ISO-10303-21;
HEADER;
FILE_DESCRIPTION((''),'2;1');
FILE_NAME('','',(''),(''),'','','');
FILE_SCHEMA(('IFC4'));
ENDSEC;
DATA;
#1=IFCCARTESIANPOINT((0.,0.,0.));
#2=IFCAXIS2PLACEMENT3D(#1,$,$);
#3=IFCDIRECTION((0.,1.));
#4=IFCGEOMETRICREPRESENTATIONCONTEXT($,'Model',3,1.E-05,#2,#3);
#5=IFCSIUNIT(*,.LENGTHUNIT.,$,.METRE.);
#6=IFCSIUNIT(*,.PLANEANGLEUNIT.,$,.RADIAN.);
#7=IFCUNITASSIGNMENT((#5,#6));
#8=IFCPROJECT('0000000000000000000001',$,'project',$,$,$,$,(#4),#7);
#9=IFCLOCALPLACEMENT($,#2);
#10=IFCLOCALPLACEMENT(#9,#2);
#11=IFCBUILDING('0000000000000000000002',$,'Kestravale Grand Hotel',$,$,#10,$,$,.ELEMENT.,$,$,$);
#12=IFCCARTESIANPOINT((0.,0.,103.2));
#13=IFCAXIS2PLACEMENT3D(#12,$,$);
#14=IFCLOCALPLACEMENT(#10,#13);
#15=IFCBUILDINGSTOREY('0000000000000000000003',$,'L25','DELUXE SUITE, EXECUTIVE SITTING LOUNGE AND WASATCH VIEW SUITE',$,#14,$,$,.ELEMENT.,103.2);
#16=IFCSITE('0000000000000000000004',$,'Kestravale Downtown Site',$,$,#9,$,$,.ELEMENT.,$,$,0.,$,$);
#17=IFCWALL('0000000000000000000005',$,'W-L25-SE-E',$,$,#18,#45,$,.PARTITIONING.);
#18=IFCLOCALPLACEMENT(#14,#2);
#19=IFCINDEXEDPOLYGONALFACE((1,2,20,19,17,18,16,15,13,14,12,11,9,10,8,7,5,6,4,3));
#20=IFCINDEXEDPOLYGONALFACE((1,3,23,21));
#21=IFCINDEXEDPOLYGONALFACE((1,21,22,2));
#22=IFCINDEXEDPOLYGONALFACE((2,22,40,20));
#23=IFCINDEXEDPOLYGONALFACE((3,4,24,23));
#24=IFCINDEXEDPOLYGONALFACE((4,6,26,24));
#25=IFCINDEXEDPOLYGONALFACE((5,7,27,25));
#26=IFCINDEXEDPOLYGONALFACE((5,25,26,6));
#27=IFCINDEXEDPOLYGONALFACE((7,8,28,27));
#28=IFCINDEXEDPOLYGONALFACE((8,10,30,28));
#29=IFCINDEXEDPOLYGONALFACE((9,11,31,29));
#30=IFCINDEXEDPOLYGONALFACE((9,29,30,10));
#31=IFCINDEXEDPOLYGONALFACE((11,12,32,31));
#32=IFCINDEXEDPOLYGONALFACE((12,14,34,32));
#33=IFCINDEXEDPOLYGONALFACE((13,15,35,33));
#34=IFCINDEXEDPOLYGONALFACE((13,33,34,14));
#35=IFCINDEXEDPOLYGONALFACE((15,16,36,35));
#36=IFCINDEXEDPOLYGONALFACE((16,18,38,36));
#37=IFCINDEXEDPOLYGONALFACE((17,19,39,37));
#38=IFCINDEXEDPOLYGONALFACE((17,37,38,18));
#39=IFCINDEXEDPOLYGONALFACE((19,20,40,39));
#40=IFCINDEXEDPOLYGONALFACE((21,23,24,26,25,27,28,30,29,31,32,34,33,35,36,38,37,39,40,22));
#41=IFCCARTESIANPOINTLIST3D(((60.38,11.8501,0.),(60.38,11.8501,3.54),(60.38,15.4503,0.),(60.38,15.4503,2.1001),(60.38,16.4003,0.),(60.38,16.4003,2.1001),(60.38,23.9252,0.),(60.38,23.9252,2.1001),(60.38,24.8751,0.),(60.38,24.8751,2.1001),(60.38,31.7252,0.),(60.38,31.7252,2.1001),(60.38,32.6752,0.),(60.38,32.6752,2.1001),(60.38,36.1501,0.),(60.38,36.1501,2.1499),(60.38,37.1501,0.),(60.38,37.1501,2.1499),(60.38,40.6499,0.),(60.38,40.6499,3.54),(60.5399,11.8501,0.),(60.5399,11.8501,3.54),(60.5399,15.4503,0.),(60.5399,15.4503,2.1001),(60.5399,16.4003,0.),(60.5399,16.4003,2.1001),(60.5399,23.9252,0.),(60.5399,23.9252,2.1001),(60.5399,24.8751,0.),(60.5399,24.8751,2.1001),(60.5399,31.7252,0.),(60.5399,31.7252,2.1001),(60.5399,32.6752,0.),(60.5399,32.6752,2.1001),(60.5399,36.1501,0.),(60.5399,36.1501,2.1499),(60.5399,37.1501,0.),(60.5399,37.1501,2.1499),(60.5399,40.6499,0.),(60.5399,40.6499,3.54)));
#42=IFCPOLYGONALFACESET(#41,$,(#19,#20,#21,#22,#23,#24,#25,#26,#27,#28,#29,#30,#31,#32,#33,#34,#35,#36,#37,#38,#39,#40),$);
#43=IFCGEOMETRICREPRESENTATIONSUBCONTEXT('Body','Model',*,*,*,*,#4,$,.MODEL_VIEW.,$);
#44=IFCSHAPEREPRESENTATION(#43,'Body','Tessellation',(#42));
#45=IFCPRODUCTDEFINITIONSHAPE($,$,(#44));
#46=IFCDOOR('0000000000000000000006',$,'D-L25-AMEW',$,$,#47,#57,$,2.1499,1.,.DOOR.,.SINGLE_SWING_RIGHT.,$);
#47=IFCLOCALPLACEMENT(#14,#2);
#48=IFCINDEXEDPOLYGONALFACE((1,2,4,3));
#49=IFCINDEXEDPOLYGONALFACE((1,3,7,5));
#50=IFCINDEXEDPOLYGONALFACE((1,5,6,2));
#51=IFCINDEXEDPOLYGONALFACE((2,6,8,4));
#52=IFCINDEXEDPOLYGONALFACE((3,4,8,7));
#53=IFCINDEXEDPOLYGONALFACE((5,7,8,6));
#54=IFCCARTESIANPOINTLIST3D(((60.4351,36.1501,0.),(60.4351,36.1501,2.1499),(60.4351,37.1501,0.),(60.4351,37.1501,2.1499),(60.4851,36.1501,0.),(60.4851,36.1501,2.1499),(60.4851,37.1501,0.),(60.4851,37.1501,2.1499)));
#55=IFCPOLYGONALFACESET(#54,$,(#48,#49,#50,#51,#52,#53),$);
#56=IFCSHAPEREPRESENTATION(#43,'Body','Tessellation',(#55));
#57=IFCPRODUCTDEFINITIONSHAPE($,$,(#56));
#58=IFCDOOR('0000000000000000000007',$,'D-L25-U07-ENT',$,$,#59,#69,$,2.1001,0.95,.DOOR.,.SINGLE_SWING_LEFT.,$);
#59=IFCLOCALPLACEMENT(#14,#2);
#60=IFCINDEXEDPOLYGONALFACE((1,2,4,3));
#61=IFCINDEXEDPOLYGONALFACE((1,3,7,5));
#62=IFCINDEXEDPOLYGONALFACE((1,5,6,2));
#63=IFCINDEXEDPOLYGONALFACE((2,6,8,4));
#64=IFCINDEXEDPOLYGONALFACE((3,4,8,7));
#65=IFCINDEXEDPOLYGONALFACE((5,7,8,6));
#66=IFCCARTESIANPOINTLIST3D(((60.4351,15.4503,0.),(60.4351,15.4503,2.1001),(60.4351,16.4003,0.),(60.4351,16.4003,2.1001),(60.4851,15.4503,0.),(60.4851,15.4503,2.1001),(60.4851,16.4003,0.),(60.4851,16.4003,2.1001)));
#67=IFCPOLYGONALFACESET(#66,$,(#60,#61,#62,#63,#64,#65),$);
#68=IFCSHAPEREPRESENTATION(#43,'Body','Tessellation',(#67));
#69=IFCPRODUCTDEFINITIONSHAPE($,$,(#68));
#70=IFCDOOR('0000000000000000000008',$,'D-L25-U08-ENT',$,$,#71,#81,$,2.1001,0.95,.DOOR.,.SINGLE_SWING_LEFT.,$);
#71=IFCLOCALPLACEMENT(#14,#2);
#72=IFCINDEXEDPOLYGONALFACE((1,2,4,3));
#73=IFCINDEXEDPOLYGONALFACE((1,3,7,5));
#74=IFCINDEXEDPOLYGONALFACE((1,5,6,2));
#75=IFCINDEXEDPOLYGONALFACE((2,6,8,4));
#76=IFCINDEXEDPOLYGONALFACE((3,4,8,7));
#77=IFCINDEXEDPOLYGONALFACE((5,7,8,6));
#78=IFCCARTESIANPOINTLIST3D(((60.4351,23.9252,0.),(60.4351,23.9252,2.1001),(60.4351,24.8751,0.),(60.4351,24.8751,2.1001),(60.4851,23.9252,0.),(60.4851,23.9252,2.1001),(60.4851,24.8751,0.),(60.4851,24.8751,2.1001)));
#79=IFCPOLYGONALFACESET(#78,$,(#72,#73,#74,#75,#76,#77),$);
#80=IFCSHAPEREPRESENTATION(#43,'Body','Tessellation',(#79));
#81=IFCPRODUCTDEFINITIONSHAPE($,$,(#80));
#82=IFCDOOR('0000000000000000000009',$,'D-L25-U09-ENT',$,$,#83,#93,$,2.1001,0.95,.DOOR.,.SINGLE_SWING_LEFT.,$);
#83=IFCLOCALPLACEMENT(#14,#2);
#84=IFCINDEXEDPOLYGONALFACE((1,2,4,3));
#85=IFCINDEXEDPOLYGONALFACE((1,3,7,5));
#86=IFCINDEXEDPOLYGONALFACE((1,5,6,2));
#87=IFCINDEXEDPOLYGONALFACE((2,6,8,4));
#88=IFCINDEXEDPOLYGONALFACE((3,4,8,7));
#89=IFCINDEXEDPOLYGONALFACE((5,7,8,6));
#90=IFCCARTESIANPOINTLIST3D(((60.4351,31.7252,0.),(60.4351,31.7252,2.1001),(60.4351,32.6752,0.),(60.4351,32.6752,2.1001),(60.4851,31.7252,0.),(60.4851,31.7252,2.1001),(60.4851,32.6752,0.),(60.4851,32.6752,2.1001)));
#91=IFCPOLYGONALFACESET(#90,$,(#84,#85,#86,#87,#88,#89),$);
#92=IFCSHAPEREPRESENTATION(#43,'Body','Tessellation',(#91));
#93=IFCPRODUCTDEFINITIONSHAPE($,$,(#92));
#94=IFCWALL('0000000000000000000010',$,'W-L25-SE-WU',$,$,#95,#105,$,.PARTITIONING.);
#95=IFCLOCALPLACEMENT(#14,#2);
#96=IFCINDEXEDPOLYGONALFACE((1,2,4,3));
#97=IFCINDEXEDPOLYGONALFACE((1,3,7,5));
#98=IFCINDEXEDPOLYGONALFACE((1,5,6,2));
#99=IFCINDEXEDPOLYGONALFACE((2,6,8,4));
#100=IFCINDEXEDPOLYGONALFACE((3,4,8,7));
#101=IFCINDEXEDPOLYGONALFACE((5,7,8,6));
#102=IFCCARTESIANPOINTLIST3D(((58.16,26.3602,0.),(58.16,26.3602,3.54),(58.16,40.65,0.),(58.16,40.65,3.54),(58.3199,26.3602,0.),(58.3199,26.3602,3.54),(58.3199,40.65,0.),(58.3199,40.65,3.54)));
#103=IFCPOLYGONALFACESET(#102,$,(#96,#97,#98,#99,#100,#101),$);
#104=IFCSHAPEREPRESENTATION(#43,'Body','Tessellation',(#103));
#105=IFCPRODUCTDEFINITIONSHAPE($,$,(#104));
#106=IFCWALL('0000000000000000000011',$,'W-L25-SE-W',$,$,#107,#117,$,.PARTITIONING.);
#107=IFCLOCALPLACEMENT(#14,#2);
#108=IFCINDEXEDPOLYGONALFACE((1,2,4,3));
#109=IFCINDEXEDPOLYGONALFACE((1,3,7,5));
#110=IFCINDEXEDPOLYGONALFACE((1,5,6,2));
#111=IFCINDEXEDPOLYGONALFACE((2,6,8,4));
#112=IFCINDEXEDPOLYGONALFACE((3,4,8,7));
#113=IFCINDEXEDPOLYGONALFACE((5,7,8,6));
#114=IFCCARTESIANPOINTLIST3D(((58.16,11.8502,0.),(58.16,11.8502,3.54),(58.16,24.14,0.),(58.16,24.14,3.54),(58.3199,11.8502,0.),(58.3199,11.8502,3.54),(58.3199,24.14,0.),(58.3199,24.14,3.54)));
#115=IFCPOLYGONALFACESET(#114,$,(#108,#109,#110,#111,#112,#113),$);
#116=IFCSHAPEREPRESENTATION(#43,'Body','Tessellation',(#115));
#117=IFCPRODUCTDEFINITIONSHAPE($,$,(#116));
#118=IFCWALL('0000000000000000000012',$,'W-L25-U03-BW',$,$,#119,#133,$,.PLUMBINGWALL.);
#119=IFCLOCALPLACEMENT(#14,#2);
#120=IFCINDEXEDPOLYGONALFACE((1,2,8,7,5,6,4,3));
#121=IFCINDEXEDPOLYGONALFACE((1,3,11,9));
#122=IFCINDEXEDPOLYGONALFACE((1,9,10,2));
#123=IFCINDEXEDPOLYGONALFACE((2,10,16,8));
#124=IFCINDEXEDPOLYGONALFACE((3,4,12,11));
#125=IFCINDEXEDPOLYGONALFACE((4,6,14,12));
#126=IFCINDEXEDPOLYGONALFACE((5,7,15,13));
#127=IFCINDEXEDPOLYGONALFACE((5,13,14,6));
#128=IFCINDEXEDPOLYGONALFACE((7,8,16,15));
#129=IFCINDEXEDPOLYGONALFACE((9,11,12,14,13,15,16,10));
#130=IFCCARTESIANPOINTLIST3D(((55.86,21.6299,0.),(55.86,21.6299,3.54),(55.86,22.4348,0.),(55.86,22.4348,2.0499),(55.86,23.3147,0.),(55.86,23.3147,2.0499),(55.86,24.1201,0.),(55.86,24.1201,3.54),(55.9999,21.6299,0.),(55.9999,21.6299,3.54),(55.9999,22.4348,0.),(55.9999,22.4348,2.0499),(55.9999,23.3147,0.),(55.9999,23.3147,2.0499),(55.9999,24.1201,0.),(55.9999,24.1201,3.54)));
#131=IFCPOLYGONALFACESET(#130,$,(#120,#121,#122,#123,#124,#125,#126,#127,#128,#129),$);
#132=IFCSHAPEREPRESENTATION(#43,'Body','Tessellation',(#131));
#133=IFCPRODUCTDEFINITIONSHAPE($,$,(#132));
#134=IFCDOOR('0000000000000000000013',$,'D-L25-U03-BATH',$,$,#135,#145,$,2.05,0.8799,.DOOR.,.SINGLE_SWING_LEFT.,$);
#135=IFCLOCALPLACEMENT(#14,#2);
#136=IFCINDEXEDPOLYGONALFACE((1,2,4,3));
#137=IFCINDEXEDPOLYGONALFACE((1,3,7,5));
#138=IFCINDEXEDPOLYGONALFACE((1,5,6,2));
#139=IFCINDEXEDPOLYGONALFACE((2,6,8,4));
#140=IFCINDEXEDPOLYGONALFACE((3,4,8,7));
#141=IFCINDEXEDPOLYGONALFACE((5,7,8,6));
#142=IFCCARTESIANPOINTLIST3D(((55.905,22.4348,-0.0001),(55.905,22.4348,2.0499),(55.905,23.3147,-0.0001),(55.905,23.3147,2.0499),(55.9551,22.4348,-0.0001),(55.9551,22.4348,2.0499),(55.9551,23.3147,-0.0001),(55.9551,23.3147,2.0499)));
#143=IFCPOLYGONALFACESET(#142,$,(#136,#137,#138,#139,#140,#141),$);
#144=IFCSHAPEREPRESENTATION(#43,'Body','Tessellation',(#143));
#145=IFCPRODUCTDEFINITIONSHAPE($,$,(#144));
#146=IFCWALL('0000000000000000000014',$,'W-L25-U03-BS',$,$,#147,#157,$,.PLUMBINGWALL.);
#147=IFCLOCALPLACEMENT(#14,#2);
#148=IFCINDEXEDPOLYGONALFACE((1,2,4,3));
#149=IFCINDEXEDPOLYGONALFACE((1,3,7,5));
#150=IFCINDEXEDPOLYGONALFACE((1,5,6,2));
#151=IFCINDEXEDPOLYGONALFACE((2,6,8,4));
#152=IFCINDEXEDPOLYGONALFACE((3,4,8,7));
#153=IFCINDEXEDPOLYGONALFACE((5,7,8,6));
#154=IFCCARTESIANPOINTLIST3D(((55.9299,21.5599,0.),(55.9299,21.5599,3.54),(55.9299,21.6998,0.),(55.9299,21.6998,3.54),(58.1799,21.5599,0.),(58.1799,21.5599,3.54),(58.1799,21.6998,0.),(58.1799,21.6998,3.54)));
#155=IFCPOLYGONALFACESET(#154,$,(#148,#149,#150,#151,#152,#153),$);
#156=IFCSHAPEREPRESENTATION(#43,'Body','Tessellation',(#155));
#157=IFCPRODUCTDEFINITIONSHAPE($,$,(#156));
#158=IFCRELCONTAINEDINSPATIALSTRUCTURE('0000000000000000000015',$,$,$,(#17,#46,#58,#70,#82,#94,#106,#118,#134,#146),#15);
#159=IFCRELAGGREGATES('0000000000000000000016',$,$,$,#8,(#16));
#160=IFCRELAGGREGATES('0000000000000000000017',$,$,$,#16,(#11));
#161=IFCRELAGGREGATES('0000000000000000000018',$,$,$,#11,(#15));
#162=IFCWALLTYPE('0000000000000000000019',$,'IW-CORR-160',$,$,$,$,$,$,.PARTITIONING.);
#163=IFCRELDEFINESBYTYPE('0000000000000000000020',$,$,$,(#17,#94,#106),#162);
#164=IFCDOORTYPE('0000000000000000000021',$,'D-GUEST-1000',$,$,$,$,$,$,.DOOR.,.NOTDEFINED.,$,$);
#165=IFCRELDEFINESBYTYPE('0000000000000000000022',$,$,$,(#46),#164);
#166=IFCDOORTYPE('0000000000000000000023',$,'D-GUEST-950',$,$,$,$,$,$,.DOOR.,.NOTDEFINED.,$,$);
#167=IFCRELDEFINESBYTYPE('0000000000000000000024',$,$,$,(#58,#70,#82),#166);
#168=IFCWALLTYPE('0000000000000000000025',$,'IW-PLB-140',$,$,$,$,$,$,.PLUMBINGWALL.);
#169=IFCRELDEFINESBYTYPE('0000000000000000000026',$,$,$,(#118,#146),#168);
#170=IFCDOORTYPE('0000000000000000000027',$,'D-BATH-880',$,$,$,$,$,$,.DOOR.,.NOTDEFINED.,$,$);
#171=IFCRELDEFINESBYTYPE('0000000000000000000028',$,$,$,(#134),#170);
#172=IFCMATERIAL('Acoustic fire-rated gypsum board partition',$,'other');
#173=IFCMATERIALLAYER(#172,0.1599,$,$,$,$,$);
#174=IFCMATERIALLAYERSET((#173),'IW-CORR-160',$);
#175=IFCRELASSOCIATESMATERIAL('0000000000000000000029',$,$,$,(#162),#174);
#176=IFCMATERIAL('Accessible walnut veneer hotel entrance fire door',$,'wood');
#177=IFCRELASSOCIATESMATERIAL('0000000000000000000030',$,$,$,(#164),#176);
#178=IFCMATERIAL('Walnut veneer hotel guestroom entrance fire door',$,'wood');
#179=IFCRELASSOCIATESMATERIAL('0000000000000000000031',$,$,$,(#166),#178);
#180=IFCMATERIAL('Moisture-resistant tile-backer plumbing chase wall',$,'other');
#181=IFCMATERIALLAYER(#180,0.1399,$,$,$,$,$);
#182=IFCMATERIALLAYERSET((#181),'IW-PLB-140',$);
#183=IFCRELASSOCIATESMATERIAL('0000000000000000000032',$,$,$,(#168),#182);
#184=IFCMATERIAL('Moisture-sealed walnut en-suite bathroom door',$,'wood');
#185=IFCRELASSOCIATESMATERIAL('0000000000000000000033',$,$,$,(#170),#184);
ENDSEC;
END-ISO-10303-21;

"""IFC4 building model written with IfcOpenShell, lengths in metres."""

from ifc_helpers import new_model, si_unit, direction, frame, frame_2d, origin, place, context, subcontext, project, spatial, rectangle, extrude, material, layer, layer_set, type_object, element, fill, save


model = new_model("IFC4")

# Units and contexts
model_context = context("Model", 3, precision=1e-05, world=origin(), true_north=direction((0.0, 1.0)))
body_context = subcontext(model_context, "Body", "Model", "MODEL_VIEW")
ifc_project = project(units=[si_unit("LENGTHUNIT", "METRE"), si_unit("PLANEANGLEUNIT", "RADIAN")], contexts=[model_context])

# Site, building, storey
site_placement = place(None, origin())
site = spatial("IfcSite", under=ifc_project, at=site_placement, Name="Kestravale Downtown Site", CompositionType="ELEMENT", RefElevation=0.0)
building_placement = place(site_placement, origin())
building = spatial("IfcBuilding", under=site, at=building_placement, Name="Kestravale Grand Hotel", CompositionType="ELEMENT")
storey_placement = place(building_placement, frame((0.0, 0.0, 103.2)))
storey = spatial("IfcBuildingStorey", under=building, at=storey_placement, Name="L25", Description="DELUXE SUITE, EXECUTIVE SITTING LOUNGE AND WASATCH VIEW SUITE", CompositionType="ELEMENT", Elevation=103.2)

# Wall, openings, doors
ifc_material_1 = material(Name="Acoustic fire-rated gypsum board partition", Category="other")
ifc_layer_1 = layer(ifc_material_1, 0.1599)
ifc_layer_set_1 = layer_set([ifc_layer_1], Name="IW-CORR-160")
wall_type_1 = type_object("IfcWallType", Name="IW-CORR-160", PredefinedType="PARTITIONING", material=ifc_layer_set_1)
wall_1_placement = place(storey_placement, frame((60.46, 11.8501, 0.0), z_axis=(0.0, 0.0, 1.0), x_axis=(0.0, 1.0, 0.0)))
wall_1 = element("IfcWall", 1, at=wall_1_placement, inside=storey, type_object=wall_type_1, Name="W-L25-SE-E", PredefinedType="PARTITIONING", context=body_context, shape_type="SweptSolid", body=[
    extrude(rectangle(XDim=28.7998, YDim=0.1599, at=frame_2d((14.3999, 0.0))), origin(), (0.0, 0.0, 1.0), 3.54),
])
opening_1_placement = place(wall_1_placement, frame((3.6001, 0.0, 0.0)))
opening_1 = element("IfcOpeningElement", 2, at=opening_1_placement, cuts=wall_1, PredefinedType="OPENING", context=body_context, shape_type="SweptSolid", body=[
    extrude(rectangle(XDim=0.95, YDim=2.1001, at=frame_2d((0.4751, 1.05))), frame((0.0, 0.0898, 0.0), z_axis=(0.0, -1.0, 0.0), x_axis=(1.0, 0.0, 0.0)), (0.0, 0.0, 1.0), 0.1799),
])
opening_2_placement = place(wall_1_placement, frame((12.075, 0.0, 0.0)))
opening_2 = element("IfcOpeningElement", 3, at=opening_2_placement, cuts=wall_1, PredefinedType="OPENING", context=body_context, shape_type="SweptSolid", body=[
    extrude(rectangle(XDim=0.95, YDim=2.1001, at=frame_2d((0.4751, 1.05))), frame((0.0, 0.0898, 0.0), z_axis=(0.0, -1.0, 0.0), x_axis=(1.0, 0.0, 0.0)), (0.0, 0.0, 1.0), 0.1799),
])
opening_3_placement = place(wall_1_placement, frame((19.875, 0.0, 0.0)))
opening_3 = element("IfcOpeningElement", 4, at=opening_3_placement, cuts=wall_1, PredefinedType="OPENING", context=body_context, shape_type="SweptSolid", body=[
    extrude(rectangle(XDim=0.95, YDim=2.1001, at=frame_2d((0.4751, 1.05))), frame((0.0, 0.0898, 0.0), z_axis=(0.0, -1.0, 0.0), x_axis=(1.0, 0.0, 0.0)), (0.0, 0.0, 1.0), 0.1799),
])
opening_4_placement = place(wall_1_placement, frame((24.3, 0.0, 0.0)))
opening_4 = element("IfcOpeningElement", 5, at=opening_4_placement, cuts=wall_1, PredefinedType="OPENING", context=body_context, shape_type="SweptSolid", body=[
    extrude(rectangle(XDim=1.0, YDim=2.1499, at=frame_2d((0.5, 1.075))), frame((0.0, 0.0898, 0.0), z_axis=(0.0, -1.0, 0.0), x_axis=(1.0, 0.0, 0.0)), (0.0, 0.0, 1.0), 0.1799),
])
ifc_material_2 = material(Name="Accessible walnut veneer hotel entrance fire door", Category="wood")
door_type_1 = type_object("IfcDoorType", Name="D-GUEST-1000", OperationType="NOTDEFINED", PredefinedType="DOOR", material=ifc_material_2)
door_1_placement = place(opening_4_placement, origin())
door_1 = element("IfcDoor", 6, at=door_1_placement, inside=storey, type_object=door_type_1, Name="D-L25-AMEW", OperationType="SINGLE_SWING_RIGHT", OverallHeight=2.1499, OverallWidth=1.0, PredefinedType="DOOR", context=body_context, shape_type="SweptSolid", body=[
    extrude(rectangle(XDim=1.0, YDim=2.1499, at=frame_2d((0.5, 1.075))), frame((0.0, 0.0249, 0.0), z_axis=(0.0, -1.0, 0.0), x_axis=(1.0, 0.0, 0.0)), (0.0, 0.0, 1.0), 0.05),
])
fill(opening_4, door_1)
ifc_material_3 = material(Name="Walnut veneer hotel guestroom entrance fire door", Category="wood")
door_type_2 = type_object("IfcDoorType", Name="D-GUEST-950", OperationType="NOTDEFINED", PredefinedType="DOOR", material=ifc_material_3)
door_2_placement = place(opening_1_placement, origin())
door_2 = element("IfcDoor", 7, at=door_2_placement, inside=storey, type_object=door_type_2, Name="D-L25-U07-ENT", OperationType="SINGLE_SWING_LEFT", OverallHeight=2.1001, OverallWidth=0.95, PredefinedType="DOOR", context=body_context, shape_type="SweptSolid", body=[
    extrude(rectangle(XDim=0.95, YDim=2.1001, at=frame_2d((0.4751, 1.05))), frame((0.0, 0.0249, 0.0), z_axis=(0.0, -1.0, 0.0), x_axis=(1.0, 0.0, 0.0)), (0.0, 0.0, 1.0), 0.05),
])
fill(opening_1, door_2)
door_3_placement = place(opening_2_placement, origin())
door_3 = element("IfcDoor", 8, at=door_3_placement, inside=storey, type_object=door_type_2, Name="D-L25-U08-ENT", OperationType="SINGLE_SWING_LEFT", OverallHeight=2.1001, OverallWidth=0.95, PredefinedType="DOOR", context=body_context, shape_type="SweptSolid", body=[
    extrude(rectangle(XDim=0.95, YDim=2.1001, at=frame_2d((0.4751, 1.05))), frame((0.0, 0.0249, 0.0), z_axis=(0.0, -1.0, 0.0), x_axis=(1.0, 0.0, 0.0)), (0.0, 0.0, 1.0), 0.05),
])
fill(opening_2, door_3)
door_4_placement = place(opening_3_placement, origin())
door_4 = element("IfcDoor", 9, at=door_4_placement, inside=storey, type_object=door_type_2, Name="D-L25-U09-ENT", OperationType="SINGLE_SWING_LEFT", OverallHeight=2.1001, OverallWidth=0.95, PredefinedType="DOOR", context=body_context, shape_type="SweptSolid", body=[
    extrude(rectangle(XDim=0.95, YDim=2.1001, at=frame_2d((0.4751, 1.05))), frame((0.0, 0.0249, 0.0), z_axis=(0.0, -1.0, 0.0), x_axis=(1.0, 0.0, 0.0)), (0.0, 0.0, 1.0), 0.05),
])
fill(opening_3, door_4)

# Walls
wall_2_placement = place(storey_placement, frame((58.24, 26.3601, 0.0), z_axis=(0.0, 0.0, 1.0), x_axis=(0.0, 1.0, 0.0)))
element("IfcWall", 10, at=wall_2_placement, inside=storey, type_object=wall_type_1, Name="W-L25-SE-WU", PredefinedType="PARTITIONING", context=body_context, shape_type="SweptSolid", body=[
    extrude(rectangle(XDim=14.2898, YDim=0.1599, at=frame_2d((7.145, 0.0))), origin(), (0.0, 0.0, 1.0), 3.54),
])
wall_3_placement = place(storey_placement, frame((58.24, 11.8501, 0.0), z_axis=(0.0, 0.0, 1.0), x_axis=(0.0, 1.0, 0.0)))
element("IfcWall", 11, at=wall_3_placement, inside=storey, type_object=wall_type_1, Name="W-L25-SE-W", PredefinedType="PARTITIONING", context=body_context, shape_type="SweptSolid", body=[
    extrude(rectangle(XDim=12.2898, YDim=0.1599, at=frame_2d((6.145, 0.0))), origin(), (0.0, 0.0, 1.0), 3.54),
])

# Wall, opening, door
ifc_material_4 = material(Name="Moisture-resistant tile-backer plumbing chase wall", Category="other")
ifc_layer_2 = layer(ifc_material_4, 0.1399)
ifc_layer_set_2 = layer_set([ifc_layer_2], Name="IW-PLB-140")
wall_type_2 = type_object("IfcWallType", Name="IW-PLB-140", PredefinedType="PLUMBINGWALL", material=ifc_layer_set_2)
wall_4_placement = place(storey_placement, frame((55.9299, 21.6299, 0.0), z_axis=(0.0, 0.0, 1.0), x_axis=(0.0, 1.0, 0.0)))
wall_4 = element("IfcWall", 12, at=wall_4_placement, inside=storey, type_object=wall_type_2, Name="W-L25-U03-BW", PredefinedType="PLUMBINGWALL", context=body_context, shape_type="SweptSolid", body=[
    extrude(rectangle(XDim=2.4902, YDim=0.1399, at=frame_2d((1.2451, 0.0))), origin(), (0.0, 0.0, 1.0), 3.54),
])
opening_5_placement = place(wall_4_placement, frame((0.8049, 0.0, 0.0)))
opening_5 = element("IfcOpeningElement", 13, at=opening_5_placement, cuts=wall_4, PredefinedType="OPENING", context=body_context, shape_type="SweptSolid", body=[
    extrude(rectangle(XDim=0.8799, YDim=2.05, at=frame_2d((0.4399, 1.0249))), frame((0.0, 0.0798, 0.0), z_axis=(0.0, -1.0, 0.0), x_axis=(1.0, 0.0, 0.0)), (0.0, 0.0, 1.0), 0.1599),
])
ifc_material_5 = material(Name="Moisture-sealed walnut en-suite bathroom door", Category="wood")
door_type_3 = type_object("IfcDoorType", Name="D-BATH-880", OperationType="NOTDEFINED", PredefinedType="DOOR", material=ifc_material_5)
door_5_placement = place(opening_5_placement, origin())
door_5 = element("IfcDoor", 14, at=door_5_placement, inside=storey, type_object=door_type_3, Name="D-L25-U03-BATH", OperationType="SINGLE_SWING_LEFT", OverallHeight=2.05, OverallWidth=0.8799, PredefinedType="DOOR", context=body_context, shape_type="SweptSolid", body=[
    extrude(rectangle(XDim=0.8799, YDim=2.05, at=frame_2d((0.4399, 1.0249))), frame((0.0, 0.0249, 0.0), z_axis=(0.0, -1.0, 0.0), x_axis=(1.0, 0.0, 0.0)), (0.0, 0.0, 1.0), 0.05),
])
fill(opening_5, door_5)

# Wall
wall_5_placement = place(storey_placement, frame((55.9299, 21.6299, 0.0), z_axis=(0.0, 0.0, 1.0), x_axis=(1.0, 0.0, 0.0)))
element("IfcWall", 15, at=wall_5_placement, inside=storey, type_object=wall_type_2, Name="W-L25-U03-BS", PredefinedType="PLUMBINGWALL", context=body_context, shape_type="SweptSolid", body=[
    extrude(rectangle(XDim=2.25, YDim=0.1399, at=frame_2d((1.125, 0.0))), origin(), (0.0, 0.0, 1.0), 3.54),
])

save(model, "model.ifc")
